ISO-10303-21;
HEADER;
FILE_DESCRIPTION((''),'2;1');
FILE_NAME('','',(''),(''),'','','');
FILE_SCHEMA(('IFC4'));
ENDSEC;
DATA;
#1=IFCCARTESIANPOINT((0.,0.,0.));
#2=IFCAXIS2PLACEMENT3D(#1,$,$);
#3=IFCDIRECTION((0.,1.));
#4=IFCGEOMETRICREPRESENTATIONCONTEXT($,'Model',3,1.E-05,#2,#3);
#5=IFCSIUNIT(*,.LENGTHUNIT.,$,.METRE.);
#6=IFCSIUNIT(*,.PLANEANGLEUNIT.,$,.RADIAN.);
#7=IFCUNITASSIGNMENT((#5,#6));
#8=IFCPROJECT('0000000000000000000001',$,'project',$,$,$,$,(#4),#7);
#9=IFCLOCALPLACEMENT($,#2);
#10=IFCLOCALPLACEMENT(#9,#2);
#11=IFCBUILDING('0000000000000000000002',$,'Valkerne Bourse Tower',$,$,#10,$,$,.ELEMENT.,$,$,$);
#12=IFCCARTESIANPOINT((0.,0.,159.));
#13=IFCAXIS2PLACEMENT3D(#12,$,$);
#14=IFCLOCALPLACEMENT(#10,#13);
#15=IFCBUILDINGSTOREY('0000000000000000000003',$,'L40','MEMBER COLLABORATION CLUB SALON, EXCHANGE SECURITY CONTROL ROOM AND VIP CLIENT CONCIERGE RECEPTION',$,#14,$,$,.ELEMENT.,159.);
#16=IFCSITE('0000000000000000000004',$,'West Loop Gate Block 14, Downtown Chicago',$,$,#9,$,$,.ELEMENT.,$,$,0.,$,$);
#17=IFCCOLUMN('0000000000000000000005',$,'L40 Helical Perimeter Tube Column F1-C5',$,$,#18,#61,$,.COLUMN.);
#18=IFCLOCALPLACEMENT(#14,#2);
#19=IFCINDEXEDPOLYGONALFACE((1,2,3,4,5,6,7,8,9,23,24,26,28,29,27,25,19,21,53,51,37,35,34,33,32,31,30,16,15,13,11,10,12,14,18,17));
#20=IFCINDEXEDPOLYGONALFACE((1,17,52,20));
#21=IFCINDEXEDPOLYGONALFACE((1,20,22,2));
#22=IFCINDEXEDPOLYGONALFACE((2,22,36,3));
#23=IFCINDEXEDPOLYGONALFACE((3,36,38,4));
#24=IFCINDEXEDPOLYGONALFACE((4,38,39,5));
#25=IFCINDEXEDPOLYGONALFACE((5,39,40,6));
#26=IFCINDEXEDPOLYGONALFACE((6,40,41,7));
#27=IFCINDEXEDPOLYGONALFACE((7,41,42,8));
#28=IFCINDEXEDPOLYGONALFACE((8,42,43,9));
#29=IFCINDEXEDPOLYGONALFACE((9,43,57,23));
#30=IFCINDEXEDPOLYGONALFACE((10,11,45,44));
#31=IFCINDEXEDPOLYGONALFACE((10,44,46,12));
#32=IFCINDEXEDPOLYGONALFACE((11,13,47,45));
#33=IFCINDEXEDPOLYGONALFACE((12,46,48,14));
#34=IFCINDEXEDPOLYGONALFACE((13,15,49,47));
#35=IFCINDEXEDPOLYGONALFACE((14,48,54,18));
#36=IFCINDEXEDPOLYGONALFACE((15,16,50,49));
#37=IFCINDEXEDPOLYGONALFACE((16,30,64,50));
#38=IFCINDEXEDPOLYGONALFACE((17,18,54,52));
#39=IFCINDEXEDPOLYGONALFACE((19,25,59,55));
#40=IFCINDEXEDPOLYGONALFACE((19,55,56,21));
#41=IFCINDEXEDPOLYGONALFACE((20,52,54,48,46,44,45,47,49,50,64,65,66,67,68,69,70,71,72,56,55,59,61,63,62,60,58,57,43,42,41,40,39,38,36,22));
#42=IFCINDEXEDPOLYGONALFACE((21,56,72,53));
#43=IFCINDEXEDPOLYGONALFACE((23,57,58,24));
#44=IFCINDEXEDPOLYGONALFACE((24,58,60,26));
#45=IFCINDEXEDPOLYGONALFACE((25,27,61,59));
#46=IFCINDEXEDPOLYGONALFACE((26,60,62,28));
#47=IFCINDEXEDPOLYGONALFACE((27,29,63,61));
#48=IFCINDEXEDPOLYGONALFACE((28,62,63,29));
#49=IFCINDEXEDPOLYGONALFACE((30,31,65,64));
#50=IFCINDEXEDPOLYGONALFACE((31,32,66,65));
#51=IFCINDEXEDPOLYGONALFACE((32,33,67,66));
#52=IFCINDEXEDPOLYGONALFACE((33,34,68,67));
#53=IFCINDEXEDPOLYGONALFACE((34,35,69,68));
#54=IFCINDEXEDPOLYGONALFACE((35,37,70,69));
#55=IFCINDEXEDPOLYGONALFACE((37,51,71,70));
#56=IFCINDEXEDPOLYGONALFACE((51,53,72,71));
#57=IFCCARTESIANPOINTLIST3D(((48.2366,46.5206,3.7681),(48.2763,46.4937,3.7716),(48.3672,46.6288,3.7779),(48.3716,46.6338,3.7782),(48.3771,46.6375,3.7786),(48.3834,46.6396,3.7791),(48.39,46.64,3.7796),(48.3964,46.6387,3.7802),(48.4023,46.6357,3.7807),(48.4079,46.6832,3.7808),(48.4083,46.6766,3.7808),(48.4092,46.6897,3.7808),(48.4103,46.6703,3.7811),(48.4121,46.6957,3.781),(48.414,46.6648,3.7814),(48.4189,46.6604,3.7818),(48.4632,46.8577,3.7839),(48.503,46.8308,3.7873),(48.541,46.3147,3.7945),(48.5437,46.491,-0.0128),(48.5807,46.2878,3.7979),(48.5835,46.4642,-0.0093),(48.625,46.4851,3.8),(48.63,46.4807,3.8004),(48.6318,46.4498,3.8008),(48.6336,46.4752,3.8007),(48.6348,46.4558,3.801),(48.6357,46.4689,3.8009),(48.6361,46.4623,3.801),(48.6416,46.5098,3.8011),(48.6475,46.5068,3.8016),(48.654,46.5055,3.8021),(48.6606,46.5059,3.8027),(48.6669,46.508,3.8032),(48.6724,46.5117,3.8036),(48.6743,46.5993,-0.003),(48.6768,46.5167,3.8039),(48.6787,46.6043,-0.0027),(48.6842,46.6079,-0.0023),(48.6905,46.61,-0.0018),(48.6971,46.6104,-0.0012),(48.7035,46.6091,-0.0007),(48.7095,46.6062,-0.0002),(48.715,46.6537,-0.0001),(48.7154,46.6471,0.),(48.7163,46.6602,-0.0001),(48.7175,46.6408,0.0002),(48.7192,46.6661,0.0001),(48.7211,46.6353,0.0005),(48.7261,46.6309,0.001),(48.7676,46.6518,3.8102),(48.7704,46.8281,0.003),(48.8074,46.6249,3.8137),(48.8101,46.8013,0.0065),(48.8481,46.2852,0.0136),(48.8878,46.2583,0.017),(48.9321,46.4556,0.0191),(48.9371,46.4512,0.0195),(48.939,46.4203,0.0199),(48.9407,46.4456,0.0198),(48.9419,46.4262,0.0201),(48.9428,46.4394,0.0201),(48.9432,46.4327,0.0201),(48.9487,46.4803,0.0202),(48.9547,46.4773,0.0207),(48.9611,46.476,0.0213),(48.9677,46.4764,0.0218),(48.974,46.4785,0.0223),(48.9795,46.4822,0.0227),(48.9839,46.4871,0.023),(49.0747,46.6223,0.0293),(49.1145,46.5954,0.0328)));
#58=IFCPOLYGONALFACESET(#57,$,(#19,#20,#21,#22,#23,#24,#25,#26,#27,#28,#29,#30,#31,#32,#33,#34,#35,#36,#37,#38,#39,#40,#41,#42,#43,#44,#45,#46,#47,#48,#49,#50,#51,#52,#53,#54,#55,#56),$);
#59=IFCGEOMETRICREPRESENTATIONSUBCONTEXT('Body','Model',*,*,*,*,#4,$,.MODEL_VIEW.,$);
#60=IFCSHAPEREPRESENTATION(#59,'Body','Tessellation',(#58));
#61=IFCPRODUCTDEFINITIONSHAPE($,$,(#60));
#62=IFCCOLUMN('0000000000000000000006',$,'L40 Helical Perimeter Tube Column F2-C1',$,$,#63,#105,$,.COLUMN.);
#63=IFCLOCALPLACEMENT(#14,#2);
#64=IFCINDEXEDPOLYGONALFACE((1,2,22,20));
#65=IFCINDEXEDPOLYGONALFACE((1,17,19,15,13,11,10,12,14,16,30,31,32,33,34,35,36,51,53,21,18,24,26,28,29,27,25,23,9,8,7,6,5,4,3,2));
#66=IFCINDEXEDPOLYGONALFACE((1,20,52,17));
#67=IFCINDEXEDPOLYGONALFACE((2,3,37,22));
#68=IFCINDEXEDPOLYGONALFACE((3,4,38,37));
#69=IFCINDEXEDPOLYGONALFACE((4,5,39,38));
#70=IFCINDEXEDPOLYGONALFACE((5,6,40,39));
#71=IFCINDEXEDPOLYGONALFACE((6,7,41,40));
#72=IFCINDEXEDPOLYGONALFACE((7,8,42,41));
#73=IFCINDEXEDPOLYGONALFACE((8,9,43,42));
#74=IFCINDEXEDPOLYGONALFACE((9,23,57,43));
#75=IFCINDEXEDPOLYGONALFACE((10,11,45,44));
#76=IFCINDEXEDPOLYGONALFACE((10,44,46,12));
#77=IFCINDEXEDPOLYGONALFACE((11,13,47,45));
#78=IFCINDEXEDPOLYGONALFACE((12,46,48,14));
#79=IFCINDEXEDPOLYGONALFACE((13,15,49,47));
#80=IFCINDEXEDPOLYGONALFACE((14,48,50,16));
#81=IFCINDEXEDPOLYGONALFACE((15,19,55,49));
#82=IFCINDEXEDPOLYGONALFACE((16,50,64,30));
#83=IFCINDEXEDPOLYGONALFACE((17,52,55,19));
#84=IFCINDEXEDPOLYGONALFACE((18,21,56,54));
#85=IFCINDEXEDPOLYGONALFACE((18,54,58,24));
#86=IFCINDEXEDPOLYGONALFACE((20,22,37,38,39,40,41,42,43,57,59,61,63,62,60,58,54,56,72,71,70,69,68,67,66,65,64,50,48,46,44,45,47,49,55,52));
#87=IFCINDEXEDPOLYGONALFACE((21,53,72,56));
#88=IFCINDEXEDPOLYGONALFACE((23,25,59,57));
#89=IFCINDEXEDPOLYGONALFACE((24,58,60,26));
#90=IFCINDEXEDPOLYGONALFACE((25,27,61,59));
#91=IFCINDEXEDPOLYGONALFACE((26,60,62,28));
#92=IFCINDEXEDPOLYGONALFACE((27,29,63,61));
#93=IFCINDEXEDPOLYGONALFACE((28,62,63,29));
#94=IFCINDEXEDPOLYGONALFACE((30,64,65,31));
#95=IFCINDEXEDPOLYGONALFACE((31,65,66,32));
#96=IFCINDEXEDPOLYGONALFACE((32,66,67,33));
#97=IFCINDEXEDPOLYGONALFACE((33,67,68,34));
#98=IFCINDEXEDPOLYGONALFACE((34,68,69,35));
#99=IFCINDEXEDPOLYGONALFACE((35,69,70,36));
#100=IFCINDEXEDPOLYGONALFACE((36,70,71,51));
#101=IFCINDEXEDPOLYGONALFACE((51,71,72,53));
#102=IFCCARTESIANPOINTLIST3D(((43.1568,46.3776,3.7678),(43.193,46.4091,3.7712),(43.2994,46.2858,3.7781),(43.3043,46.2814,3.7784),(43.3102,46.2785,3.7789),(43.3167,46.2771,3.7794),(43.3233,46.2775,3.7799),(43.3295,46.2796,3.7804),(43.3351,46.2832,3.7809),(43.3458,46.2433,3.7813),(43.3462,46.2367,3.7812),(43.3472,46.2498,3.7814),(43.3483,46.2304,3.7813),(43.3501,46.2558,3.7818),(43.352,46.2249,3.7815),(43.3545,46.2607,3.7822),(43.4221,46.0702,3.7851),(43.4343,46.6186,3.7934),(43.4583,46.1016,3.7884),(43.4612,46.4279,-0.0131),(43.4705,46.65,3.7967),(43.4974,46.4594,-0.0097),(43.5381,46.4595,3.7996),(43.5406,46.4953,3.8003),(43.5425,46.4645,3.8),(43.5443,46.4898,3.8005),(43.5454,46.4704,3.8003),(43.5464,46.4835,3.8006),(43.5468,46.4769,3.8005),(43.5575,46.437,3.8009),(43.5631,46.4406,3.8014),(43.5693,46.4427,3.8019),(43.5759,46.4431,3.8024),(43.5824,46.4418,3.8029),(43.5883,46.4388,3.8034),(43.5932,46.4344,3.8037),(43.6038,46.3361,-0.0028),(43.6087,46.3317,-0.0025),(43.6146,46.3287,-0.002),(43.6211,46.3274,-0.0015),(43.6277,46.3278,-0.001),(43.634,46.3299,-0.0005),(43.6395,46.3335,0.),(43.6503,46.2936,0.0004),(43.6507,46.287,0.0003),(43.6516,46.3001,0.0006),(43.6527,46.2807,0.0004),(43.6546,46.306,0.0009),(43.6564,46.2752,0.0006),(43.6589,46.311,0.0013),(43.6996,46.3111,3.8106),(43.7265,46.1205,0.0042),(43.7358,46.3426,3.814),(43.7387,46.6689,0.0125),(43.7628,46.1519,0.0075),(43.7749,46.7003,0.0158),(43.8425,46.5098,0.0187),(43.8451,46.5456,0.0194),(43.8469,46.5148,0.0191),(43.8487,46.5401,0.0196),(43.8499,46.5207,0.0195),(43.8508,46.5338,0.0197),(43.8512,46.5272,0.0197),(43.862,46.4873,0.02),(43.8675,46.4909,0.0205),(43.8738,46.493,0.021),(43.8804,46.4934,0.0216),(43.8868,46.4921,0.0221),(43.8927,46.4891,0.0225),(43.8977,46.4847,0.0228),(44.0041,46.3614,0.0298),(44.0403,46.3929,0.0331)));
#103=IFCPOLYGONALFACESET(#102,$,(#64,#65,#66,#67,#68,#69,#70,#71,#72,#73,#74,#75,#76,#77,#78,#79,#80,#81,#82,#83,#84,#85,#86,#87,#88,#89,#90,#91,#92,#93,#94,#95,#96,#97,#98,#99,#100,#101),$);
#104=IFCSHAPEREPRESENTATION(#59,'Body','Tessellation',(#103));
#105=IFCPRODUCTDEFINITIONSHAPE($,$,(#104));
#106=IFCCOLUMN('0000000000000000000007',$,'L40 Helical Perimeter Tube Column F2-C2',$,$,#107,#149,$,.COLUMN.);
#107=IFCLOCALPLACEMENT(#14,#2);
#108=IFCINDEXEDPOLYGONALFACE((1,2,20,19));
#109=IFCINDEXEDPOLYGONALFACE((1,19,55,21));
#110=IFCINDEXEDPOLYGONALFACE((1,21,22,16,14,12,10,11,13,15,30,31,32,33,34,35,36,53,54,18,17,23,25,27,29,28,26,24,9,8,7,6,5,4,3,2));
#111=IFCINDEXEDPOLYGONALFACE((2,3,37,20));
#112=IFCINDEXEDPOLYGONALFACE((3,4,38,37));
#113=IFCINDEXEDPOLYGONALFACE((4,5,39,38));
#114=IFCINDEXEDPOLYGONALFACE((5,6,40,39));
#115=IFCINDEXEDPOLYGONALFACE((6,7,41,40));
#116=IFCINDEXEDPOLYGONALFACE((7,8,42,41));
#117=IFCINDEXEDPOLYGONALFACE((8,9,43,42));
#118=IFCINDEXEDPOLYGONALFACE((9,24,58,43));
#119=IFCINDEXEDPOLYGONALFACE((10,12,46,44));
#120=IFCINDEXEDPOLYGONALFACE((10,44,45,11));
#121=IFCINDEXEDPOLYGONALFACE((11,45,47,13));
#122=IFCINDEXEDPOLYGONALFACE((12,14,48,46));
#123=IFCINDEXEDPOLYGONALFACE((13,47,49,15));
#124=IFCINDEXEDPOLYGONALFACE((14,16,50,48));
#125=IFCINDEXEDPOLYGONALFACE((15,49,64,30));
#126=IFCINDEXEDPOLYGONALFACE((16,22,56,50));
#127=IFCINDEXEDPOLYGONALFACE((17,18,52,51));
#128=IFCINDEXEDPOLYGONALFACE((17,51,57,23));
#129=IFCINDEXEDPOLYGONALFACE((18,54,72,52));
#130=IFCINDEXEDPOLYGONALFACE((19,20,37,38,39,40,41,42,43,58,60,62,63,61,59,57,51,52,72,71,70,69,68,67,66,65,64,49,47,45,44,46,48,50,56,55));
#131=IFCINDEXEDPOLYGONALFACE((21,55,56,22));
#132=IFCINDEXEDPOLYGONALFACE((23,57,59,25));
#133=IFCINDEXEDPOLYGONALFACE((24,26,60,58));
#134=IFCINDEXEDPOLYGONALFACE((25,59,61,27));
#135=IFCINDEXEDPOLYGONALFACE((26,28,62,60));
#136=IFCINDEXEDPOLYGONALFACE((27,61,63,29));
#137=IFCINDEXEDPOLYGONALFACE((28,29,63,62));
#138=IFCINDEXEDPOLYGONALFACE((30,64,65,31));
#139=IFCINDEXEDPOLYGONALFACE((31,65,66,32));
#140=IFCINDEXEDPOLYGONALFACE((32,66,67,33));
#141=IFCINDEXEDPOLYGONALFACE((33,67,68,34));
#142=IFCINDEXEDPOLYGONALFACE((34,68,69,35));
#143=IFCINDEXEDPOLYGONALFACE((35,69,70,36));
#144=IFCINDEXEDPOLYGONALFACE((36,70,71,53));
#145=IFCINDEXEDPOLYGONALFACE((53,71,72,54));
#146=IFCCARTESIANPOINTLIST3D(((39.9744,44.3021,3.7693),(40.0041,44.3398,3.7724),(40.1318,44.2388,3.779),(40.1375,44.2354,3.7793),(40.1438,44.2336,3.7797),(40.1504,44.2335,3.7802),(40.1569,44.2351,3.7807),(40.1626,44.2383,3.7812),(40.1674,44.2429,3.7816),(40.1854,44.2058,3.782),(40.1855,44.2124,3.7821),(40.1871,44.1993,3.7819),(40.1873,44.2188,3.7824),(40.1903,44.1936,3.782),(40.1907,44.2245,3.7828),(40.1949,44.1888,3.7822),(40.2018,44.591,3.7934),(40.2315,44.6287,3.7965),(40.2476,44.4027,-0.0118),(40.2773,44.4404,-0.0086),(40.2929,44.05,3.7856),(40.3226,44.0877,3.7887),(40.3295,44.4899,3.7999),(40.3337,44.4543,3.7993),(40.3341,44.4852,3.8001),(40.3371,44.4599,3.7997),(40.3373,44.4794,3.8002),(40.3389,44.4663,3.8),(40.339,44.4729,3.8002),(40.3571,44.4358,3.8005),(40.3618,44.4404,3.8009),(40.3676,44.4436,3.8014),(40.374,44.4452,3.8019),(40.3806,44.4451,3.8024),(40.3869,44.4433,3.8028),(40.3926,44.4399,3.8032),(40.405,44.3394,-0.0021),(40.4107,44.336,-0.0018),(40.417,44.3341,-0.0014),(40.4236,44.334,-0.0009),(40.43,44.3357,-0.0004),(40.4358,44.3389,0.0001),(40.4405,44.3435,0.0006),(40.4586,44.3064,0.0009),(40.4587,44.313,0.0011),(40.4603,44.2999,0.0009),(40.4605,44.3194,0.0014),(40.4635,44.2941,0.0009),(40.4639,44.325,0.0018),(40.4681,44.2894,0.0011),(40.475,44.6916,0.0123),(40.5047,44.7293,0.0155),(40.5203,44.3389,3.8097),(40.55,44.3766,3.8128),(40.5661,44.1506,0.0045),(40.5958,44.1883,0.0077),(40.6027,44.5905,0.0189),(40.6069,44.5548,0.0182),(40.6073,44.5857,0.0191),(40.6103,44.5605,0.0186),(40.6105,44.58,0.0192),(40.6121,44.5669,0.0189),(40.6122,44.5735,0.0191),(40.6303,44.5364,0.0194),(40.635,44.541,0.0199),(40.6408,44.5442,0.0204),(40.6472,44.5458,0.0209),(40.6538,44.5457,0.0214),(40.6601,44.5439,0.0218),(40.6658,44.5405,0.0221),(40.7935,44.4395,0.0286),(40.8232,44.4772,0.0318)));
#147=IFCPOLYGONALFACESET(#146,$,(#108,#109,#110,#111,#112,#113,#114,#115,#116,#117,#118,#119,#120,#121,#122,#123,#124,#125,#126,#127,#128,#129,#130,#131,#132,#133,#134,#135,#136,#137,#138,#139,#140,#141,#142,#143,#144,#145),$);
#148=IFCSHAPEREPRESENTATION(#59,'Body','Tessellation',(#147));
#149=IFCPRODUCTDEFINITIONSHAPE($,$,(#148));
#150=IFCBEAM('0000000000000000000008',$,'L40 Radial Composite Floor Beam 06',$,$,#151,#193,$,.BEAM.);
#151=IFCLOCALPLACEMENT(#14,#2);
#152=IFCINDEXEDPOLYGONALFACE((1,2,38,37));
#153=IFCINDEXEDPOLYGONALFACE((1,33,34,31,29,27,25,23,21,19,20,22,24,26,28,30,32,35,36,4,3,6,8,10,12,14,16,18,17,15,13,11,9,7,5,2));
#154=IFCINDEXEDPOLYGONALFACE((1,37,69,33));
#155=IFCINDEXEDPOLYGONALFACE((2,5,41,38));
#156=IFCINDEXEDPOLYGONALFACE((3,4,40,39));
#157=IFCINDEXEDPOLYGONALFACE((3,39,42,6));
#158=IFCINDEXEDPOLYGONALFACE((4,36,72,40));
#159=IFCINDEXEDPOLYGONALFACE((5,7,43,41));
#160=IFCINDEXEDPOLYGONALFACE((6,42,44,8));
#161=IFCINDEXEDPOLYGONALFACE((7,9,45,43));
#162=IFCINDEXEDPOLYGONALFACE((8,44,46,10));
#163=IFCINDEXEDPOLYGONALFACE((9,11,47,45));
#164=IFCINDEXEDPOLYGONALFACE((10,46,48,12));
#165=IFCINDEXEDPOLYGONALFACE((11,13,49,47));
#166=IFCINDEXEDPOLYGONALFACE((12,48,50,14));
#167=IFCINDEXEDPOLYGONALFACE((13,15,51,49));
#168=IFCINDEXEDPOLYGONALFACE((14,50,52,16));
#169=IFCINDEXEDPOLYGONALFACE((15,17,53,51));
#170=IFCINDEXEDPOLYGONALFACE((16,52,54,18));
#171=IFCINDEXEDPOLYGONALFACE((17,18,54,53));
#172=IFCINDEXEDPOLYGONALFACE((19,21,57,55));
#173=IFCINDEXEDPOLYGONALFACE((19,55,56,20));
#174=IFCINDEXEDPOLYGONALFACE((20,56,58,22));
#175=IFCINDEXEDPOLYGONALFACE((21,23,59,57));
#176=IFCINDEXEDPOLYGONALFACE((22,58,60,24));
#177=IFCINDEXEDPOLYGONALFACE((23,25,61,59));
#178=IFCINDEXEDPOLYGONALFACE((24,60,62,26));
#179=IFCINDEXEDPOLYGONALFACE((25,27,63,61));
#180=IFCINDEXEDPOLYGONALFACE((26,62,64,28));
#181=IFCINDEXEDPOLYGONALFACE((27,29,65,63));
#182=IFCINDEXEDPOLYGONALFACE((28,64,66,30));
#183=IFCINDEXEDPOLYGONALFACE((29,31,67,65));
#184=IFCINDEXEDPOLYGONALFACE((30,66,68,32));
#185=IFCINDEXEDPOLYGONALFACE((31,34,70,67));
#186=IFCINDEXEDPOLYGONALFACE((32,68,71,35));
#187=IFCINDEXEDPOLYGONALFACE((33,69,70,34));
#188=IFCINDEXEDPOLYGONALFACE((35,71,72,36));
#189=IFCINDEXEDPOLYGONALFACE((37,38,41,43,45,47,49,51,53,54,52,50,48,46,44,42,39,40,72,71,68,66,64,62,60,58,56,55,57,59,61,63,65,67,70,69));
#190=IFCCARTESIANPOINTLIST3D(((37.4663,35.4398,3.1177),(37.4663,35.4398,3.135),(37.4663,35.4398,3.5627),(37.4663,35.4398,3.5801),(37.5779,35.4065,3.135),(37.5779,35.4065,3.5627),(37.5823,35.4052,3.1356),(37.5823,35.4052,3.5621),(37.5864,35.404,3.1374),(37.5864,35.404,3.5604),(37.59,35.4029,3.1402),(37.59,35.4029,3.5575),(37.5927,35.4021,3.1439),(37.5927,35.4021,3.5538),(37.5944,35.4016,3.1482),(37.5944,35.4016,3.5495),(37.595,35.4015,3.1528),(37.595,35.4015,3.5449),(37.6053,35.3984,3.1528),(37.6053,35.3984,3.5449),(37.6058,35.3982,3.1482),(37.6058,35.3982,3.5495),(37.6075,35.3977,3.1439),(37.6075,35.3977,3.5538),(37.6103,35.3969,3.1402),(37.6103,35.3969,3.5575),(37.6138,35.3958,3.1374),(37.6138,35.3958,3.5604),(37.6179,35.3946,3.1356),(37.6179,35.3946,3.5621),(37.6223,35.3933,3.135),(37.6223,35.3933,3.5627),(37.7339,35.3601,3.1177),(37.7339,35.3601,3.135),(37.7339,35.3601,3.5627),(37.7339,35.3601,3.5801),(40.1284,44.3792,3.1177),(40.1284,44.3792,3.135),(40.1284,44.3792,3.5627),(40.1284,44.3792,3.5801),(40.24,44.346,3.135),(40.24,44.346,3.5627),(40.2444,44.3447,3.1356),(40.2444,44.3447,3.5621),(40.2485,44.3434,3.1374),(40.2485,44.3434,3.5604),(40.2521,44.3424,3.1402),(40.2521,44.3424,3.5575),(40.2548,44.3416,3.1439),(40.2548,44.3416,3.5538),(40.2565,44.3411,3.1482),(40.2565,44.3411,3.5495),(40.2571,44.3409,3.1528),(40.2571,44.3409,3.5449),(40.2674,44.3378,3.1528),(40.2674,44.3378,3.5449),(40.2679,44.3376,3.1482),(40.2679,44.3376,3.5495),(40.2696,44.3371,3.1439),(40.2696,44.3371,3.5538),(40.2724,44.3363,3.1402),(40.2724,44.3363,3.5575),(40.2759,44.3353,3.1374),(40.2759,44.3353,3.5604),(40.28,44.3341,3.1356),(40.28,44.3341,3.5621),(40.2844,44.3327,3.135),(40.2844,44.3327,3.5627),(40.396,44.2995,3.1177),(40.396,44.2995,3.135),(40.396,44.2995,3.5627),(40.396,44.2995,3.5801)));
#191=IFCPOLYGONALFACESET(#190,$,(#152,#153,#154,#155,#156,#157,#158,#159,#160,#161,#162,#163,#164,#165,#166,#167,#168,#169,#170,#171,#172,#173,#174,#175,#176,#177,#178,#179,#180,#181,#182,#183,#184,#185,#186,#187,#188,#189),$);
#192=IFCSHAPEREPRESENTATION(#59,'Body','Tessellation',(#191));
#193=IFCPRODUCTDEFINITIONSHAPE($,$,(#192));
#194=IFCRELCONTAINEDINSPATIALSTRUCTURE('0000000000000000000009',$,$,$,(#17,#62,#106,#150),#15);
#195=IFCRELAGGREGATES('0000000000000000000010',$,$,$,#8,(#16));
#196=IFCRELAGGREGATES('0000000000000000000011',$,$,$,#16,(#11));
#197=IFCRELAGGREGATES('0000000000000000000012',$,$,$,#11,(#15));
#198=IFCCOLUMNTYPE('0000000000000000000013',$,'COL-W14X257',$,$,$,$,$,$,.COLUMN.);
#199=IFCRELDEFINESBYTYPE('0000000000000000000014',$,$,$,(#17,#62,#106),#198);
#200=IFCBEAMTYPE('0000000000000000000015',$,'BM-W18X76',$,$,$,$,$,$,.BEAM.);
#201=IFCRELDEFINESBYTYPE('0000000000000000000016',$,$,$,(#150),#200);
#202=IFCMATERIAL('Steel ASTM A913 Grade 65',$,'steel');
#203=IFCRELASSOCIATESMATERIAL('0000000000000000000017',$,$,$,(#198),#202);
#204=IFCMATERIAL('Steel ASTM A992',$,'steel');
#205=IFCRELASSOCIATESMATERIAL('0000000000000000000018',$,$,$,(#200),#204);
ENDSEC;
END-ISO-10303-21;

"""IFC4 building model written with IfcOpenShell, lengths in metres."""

from ifc_helpers import new_model, si_unit, direction, frame, origin, origin_2d, place, context, subcontext, project, spatial, i_section, extrude, material, material_profile, profile_set, type_object, element, save


model = new_model("IFC4")

# Units and contexts
model_context = context("Model", 3, precision=1e-05, world=origin(), true_north=direction((0.0, 1.0)))
body_context = subcontext(model_context, "Body", "Model", "MODEL_VIEW")
ifc_project = project(units=[si_unit("LENGTHUNIT", "METRE"), si_unit("PLANEANGLEUNIT", "RADIAN")], contexts=[model_context])

# Site, building, storey
site_placement = place(None, origin())
site = spatial("IfcSite", under=ifc_project, at=site_placement, Name="West Loop Gate Block 14, Downtown Chicago", CompositionType="ELEMENT", RefElevation=0.0)
building_placement = place(site_placement, origin())
building = spatial("IfcBuilding", under=site, at=building_placement, Name="Valkerne Bourse Tower", CompositionType="ELEMENT")
storey_placement = place(building_placement, frame((0.0, 0.0, 159.0)))
storey = spatial("IfcBuildingStorey", under=building, at=storey_placement, Name="L40", Description="MEMBER COLLABORATION CLUB SALON, EXCHANGE SECURITY CONTROL ROOM AND VIP CLIENT CONCIERGE RECEPTION", CompositionType="ELEMENT", Elevation=159.0)

# Columns
ifc_material_1 = material(Name="Steel ASTM A913 Grade 65", Category="steel")
ifc_material_profile_1 = material_profile(ifc_material_1, i_section(OverallWidth=0.4065, OverallDepth=0.4165, WebThickness=0.0298, FlangeThickness=0.0481, FilletRadius=0.0254, at=origin_2d()), Name="W14X257")
ifc_profile_set_1 = profile_set([ifc_material_profile_1], Name="Steel ASTM A913 Grade 65")
column_type = type_object("IfcColumnType", Name="COL-W14X257", PredefinedType="COLUMN", material=ifc_profile_set_1)
for number, where, z_axis, x_axis, name in (
    (1, (48.8291, 46.5432, 0.01), (-0.08096, 0.007787, 0.996687), (0.557533, 0.829247, 0.038809), "L40 Helical Perimeter Tube Column F1-C5"),
    (2, (43.7507, 46.4104, 0.01), (-0.080252, -0.013257, 0.996686), (-0.652773, 0.75636, -0.0425), "L40 Helical Perimeter Tube Column F2-C1"),
):
    element("IfcColumn", number, at=place(storey_placement, frame(where, z_axis=z_axis, x_axis=x_axis)), inside=storey, type_object=column_type, Name=name, PredefinedType="COLUMN", context=body_context, shape_type="SweptSolid", body=[
        extrude(i_section(OverallWidth=0.4065, OverallDepth=0.4165, WebThickness=0.0298, FlangeThickness=0.0481, FilletRadius=0.0254, at=origin_2d()), origin(), (0.0, 0.0, 1.0), 3.7935),
    ])
column_placement = place(storey_placement, frame((40.5354, 44.4399, 0.01), z_axis=(-0.072041, -0.026524, 0.997049), x_axis=(-0.78347, 0.620134, -0.040112)))
element("IfcColumn", 3, at=column_placement, inside=storey, type_object=column_type, Name="L40 Helical Perimeter Tube Column F2-C2", PredefinedType="COLUMN", context=body_context, shape_type="SweptSolid", body=[
    extrude(i_section(OverallWidth=0.4065, OverallDepth=0.4165, WebThickness=0.0298, FlangeThickness=0.0481, FilletRadius=0.0254, at=origin_2d()), origin(), (0.0, 0.0, 1.0), 3.7922),
])

# Beam
ifc_material_2 = material(Name="Steel ASTM A992", Category="steel")
ifc_material_profile_2 = material_profile(ifc_material_2, i_section(OverallWidth=0.2793, OverallDepth=0.4624, WebThickness=0.0107, FlangeThickness=0.0173, FilletRadius=0.0178, at=origin_2d()), Name="W18X76")
ifc_profile_set_2 = profile_set([ifc_material_profile_2], Name="Steel ASTM A992")
beam_type_1 = type_object("IfcBeamType", Name="BM-W18X76", PredefinedType="BEAM", material=ifc_profile_set_2)
beam_1_placement = place(storey_placement, frame((40.2622, 44.3394, 3.3489), z_axis=(-0.285407, -0.958406, 0.0), x_axis=(0.958406, -0.285407, 0.0)))
element("IfcBeam", 4, at=beam_1_placement, inside=storey, type_object=beam_type_1, Name="L40 Radial Composite Floor Beam 06", PredefinedType="BEAM", context=body_context, shape_type="SweptSolid", body=[
    extrude(i_section(OverallWidth=0.2793, OverallDepth=0.4624, WebThickness=0.0107, FlangeThickness=0.0173, FilletRadius=0.0178, at=origin_2d()), origin(), (0.0, 0.0, 1.0), 9.3274),
])

save(model, "model.ifc")
